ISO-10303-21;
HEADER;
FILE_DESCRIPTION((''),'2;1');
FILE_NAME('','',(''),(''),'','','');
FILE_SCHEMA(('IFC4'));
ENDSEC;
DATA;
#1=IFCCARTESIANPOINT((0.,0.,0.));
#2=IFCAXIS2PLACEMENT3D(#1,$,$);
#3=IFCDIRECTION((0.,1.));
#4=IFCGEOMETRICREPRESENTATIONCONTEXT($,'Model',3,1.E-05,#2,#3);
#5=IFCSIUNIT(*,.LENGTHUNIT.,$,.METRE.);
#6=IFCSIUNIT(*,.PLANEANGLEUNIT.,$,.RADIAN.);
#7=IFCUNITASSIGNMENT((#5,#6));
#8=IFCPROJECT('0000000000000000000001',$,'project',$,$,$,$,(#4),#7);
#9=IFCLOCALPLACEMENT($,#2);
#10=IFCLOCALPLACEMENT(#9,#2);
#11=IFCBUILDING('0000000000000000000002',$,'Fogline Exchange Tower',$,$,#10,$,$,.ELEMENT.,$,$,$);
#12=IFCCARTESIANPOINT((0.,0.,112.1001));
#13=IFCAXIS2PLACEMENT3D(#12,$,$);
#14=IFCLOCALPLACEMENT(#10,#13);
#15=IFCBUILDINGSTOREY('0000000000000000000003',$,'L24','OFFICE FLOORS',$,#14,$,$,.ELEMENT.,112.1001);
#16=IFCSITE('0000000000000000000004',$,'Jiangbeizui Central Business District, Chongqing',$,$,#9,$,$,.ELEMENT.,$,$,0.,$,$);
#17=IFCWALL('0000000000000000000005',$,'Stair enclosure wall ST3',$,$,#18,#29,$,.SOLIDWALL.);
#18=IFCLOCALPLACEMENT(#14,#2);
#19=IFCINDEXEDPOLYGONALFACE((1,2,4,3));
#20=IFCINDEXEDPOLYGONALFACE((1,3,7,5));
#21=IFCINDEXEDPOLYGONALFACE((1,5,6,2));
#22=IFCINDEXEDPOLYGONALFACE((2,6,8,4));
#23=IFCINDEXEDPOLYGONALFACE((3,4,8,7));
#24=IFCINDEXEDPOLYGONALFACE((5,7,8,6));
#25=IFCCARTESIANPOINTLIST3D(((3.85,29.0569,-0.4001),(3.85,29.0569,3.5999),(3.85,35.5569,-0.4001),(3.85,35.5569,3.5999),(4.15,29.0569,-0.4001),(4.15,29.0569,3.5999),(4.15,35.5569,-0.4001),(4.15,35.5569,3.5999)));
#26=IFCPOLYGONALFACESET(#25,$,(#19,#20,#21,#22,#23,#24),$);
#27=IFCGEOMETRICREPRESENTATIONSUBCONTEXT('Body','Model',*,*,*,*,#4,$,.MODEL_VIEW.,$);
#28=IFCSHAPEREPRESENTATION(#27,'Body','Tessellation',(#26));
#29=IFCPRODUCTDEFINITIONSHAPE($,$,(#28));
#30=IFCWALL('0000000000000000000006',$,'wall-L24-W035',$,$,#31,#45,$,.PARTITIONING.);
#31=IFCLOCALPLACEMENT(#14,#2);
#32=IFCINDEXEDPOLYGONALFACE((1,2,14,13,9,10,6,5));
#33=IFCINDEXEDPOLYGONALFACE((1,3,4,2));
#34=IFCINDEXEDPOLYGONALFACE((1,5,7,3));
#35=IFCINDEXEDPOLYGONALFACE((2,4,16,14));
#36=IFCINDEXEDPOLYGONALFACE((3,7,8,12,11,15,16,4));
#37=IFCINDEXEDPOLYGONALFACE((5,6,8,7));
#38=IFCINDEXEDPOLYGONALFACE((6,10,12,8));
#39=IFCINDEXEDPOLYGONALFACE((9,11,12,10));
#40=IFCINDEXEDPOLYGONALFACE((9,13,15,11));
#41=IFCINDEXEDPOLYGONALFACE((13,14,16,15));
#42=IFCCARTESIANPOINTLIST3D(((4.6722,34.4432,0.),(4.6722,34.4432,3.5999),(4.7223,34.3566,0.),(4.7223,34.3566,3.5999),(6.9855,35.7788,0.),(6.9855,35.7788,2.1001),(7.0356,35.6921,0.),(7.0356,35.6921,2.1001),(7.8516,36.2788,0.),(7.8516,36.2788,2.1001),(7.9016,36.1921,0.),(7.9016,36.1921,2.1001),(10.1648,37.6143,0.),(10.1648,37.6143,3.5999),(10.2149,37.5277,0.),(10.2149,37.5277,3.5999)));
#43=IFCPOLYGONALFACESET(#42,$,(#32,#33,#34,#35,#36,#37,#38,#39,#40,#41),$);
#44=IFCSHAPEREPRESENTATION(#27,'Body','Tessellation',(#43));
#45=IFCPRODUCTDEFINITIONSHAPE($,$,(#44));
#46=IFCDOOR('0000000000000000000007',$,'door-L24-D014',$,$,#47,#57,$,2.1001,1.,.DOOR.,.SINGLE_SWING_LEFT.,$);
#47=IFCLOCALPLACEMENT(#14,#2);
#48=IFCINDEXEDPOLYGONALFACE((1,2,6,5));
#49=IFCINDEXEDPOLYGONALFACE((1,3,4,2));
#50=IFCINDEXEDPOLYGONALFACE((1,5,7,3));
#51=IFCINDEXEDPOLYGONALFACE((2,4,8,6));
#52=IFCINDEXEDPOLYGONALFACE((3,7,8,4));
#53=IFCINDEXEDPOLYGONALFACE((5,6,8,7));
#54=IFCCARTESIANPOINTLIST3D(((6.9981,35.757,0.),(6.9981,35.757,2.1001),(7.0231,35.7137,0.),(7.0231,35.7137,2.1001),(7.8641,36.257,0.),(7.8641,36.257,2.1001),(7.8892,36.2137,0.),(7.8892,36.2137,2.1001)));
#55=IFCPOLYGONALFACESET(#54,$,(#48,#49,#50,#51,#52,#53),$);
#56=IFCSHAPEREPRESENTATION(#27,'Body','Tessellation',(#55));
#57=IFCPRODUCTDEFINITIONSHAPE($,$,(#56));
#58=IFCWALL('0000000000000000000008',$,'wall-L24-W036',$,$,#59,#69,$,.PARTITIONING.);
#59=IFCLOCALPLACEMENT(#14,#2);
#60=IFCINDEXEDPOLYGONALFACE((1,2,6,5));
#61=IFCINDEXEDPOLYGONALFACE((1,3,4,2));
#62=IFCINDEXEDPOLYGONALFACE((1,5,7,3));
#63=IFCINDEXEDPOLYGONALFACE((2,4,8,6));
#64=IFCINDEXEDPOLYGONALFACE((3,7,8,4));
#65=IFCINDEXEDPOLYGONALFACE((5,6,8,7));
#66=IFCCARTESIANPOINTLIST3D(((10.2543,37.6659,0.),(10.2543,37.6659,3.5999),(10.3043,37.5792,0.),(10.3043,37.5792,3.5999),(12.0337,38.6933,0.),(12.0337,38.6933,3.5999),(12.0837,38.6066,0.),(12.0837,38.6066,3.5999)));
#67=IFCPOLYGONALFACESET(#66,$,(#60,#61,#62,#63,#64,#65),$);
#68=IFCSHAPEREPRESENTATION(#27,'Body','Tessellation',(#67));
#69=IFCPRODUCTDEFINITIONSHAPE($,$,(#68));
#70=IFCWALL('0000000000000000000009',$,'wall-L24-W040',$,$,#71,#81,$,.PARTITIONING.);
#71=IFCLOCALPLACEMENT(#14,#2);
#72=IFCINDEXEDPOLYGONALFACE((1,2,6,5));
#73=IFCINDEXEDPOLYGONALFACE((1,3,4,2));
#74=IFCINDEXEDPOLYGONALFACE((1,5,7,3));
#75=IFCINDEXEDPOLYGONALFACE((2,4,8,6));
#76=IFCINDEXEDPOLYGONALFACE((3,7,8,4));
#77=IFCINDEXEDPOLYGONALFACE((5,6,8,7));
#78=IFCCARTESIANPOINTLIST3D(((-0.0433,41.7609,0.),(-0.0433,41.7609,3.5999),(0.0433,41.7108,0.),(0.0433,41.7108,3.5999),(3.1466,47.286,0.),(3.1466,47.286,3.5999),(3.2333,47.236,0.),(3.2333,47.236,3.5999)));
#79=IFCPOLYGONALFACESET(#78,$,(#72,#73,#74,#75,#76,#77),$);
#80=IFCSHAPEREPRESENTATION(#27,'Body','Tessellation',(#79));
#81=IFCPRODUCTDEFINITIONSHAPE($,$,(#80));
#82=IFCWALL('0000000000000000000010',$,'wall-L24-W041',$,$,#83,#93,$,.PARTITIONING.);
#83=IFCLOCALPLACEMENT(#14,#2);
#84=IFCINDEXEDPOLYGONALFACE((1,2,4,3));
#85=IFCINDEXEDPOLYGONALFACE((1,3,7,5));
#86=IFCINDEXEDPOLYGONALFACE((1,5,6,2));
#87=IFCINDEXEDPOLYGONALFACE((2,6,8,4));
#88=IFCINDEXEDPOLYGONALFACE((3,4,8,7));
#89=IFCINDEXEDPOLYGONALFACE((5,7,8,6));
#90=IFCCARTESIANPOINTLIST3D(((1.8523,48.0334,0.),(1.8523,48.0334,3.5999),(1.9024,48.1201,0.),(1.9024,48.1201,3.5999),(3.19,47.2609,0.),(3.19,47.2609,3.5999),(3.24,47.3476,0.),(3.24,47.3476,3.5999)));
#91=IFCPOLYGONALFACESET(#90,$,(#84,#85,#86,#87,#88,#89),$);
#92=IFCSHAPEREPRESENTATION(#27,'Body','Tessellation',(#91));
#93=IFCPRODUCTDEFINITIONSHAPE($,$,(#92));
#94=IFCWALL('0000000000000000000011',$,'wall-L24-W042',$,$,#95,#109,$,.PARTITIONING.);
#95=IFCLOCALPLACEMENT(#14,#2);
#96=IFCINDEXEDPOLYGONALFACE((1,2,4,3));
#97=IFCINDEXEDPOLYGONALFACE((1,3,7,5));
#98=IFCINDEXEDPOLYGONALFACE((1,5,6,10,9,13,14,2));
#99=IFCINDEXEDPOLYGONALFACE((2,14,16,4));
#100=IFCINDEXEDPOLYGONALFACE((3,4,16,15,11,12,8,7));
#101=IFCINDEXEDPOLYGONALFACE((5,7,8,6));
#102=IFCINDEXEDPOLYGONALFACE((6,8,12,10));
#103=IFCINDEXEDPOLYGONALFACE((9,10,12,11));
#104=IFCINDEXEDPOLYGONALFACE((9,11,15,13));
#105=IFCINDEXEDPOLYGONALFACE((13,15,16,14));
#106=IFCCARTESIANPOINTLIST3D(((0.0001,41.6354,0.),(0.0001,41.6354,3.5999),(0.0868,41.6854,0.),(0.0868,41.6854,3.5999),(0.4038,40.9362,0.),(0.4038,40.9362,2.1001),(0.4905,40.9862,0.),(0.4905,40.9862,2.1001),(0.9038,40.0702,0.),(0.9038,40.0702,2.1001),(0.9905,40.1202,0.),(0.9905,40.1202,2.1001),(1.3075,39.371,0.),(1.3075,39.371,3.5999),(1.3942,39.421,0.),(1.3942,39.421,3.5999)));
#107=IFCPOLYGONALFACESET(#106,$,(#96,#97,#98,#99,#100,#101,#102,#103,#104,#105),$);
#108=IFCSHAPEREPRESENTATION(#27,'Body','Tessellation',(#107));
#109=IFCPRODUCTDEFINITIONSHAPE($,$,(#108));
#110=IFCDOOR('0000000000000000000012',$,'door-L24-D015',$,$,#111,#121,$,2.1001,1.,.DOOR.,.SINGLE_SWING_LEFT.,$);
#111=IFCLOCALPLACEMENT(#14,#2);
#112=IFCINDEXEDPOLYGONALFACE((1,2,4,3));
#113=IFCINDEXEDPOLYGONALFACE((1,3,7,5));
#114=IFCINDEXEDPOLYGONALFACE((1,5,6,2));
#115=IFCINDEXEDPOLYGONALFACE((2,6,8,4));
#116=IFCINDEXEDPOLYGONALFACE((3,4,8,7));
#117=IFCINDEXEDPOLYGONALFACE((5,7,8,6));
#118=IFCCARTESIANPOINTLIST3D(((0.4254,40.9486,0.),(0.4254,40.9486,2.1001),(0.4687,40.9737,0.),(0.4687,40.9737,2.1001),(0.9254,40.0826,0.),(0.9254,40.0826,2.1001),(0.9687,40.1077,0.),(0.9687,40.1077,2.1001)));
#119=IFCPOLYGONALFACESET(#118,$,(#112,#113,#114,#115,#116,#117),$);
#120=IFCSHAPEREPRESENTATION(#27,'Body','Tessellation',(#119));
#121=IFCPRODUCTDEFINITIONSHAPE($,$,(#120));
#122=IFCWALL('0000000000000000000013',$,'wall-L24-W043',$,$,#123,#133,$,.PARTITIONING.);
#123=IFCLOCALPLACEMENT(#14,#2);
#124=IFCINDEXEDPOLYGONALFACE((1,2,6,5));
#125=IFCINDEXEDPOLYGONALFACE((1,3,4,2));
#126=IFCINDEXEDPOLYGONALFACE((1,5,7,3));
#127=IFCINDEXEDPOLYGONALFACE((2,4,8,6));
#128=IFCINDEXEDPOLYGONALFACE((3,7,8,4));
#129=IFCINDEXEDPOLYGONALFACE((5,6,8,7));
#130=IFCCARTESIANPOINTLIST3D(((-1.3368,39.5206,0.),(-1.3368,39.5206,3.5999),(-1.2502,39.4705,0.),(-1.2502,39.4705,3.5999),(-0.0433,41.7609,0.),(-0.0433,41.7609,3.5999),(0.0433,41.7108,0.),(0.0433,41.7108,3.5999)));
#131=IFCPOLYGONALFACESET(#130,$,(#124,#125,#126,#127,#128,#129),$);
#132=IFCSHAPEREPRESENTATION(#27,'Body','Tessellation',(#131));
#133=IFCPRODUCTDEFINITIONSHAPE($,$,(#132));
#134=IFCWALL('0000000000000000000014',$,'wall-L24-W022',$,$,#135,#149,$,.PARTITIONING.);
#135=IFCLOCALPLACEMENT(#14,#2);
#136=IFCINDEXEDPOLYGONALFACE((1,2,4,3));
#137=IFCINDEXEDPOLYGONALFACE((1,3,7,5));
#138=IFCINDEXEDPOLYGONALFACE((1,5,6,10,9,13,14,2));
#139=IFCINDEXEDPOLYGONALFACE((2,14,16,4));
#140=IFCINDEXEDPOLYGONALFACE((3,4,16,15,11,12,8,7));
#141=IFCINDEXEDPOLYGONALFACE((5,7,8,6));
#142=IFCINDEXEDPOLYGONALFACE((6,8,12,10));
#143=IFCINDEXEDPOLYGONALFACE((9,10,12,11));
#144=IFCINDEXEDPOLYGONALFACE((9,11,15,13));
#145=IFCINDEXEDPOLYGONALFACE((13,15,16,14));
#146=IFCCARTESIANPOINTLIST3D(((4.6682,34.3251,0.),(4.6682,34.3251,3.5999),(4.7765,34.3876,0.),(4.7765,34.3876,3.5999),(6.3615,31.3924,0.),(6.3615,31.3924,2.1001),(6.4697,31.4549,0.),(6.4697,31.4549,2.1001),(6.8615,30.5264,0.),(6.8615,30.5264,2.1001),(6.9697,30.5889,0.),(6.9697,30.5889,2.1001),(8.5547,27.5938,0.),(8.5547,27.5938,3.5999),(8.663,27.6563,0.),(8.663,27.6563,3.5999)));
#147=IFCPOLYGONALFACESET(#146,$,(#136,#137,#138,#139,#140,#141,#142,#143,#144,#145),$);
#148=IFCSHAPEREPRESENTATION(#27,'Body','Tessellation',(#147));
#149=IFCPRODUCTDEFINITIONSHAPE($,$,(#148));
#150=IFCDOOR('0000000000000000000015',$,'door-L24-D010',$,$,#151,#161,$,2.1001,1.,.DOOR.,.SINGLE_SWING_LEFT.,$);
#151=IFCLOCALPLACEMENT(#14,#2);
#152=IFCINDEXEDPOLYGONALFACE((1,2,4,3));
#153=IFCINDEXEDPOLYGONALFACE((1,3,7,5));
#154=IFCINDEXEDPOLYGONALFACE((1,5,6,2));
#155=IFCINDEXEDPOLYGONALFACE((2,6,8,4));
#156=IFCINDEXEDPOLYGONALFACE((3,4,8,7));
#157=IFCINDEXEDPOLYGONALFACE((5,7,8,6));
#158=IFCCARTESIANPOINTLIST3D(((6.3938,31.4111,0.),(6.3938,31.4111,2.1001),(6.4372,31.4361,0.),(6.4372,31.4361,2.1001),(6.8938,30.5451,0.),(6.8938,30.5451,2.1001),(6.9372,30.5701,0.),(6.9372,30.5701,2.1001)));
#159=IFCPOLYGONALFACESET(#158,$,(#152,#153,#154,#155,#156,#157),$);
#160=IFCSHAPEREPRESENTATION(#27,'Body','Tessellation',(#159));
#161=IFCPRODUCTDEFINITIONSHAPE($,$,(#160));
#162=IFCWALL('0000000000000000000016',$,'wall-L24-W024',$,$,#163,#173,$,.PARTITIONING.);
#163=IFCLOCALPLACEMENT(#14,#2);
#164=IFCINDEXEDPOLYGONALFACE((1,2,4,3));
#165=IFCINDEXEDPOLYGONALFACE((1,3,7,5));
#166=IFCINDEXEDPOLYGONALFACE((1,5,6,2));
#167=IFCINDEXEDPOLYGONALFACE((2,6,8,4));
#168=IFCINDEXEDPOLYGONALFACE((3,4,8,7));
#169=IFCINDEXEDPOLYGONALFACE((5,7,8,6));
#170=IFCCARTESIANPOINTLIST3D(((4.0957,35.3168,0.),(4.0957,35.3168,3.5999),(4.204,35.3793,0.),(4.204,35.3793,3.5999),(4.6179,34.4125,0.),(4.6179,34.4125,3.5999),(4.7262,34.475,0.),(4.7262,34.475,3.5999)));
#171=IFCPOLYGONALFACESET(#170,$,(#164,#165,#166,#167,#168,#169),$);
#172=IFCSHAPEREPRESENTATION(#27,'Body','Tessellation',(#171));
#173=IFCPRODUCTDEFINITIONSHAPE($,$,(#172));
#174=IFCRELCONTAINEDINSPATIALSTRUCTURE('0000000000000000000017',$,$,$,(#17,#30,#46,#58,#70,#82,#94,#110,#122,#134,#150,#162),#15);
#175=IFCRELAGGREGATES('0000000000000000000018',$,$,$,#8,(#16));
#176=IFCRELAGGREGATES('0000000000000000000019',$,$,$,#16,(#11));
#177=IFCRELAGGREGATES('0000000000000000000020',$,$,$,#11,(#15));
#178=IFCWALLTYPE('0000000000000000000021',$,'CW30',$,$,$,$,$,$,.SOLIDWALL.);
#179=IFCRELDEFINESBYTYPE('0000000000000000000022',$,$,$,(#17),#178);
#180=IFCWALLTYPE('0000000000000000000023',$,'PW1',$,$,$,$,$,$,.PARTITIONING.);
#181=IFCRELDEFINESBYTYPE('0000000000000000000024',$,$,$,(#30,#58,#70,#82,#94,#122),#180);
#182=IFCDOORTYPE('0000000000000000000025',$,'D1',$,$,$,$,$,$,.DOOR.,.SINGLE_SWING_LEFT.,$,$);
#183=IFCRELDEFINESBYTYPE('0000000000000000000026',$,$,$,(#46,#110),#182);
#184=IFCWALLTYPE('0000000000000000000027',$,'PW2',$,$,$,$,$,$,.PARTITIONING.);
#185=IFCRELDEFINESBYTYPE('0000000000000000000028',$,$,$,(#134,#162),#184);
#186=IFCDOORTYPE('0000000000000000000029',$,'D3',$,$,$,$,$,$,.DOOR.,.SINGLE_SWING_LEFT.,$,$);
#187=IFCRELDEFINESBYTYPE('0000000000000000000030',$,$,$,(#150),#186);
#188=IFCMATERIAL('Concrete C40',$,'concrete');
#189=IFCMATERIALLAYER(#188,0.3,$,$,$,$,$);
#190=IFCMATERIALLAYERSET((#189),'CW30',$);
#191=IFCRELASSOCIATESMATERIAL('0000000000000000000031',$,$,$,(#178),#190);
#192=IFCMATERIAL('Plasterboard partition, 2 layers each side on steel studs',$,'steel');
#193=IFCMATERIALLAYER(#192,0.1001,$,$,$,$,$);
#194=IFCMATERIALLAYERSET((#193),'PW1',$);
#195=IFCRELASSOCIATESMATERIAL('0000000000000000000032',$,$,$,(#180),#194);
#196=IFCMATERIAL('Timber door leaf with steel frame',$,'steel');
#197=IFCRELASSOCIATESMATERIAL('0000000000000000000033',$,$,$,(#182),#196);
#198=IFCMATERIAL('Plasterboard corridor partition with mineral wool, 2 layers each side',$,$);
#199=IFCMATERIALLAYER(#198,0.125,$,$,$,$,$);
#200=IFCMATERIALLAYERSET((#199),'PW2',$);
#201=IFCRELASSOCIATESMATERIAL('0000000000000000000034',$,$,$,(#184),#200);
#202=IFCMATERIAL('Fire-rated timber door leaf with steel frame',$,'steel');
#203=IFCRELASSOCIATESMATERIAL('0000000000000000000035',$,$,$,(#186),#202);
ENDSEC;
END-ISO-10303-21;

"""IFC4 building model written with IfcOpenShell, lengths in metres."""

from ifc_helpers import new_model, si_unit, direction, frame, frame_2d, origin, place, context, subcontext, project, spatial, rectangle, extrude, material, layer, layer_set, type_object, element, fill, save


model = new_model("IFC4")

# Units and contexts
model_context = context("Model", 3, precision=1e-05, world=origin(), true_north=direction((0.0, 1.0)))
body_context = subcontext(model_context, "Body", "Model", "MODEL_VIEW")
ifc_project = project(units=[si_unit("LENGTHUNIT", "METRE"), si_unit("PLANEANGLEUNIT", "RADIAN")], contexts=[model_context])

# Site, building, storey
site_placement = place(None, origin())
site = spatial("IfcSite", under=ifc_project, at=site_placement, Name="Jiangbeizui Central Business District, Chongqing", CompositionType="ELEMENT", RefElevation=0.0)
building_placement = place(site_placement, origin())
building = spatial("IfcBuilding", under=site, at=building_placement, Name="Fogline Exchange Tower", CompositionType="ELEMENT")
storey_placement = place(building_placement, frame((0.0, 0.0, 112.1001)))
storey = spatial("IfcBuildingStorey", under=building, at=storey_placement, Name="L24", Description="OFFICE FLOORS", CompositionType="ELEMENT", Elevation=112.1001)

# Shared definitions
ifc_material_1 = material(Name="Concrete C40", Category="concrete")

# Wall
ifc_layer_1 = layer(ifc_material_1, 0.3)
ifc_layer_set_1 = layer_set([ifc_layer_1], Name="CW30")
wall_type_1 = type_object("IfcWallType", Name="CW30", PredefinedType="SOLIDWALL", material=ifc_layer_set_1)
wall_1_placement = place(storey_placement, frame((4.0, 29.0569, -0.4001), z_axis=(0.0, 0.0, 1.0), x_axis=(0.0, 1.0, 0.0)))
element("IfcWall", 1, at=wall_1_placement, inside=storey, type_object=wall_type_1, Name="Stair enclosure wall ST3", PredefinedType="SOLIDWALL", context=body_context, shape_type="SweptSolid", body=[
    extrude(rectangle(XDim=6.5, YDim=0.3, at=frame_2d((3.25, 0.0))), origin(), (0.0, 0.0, 1.0), 4.0),
])

# Wall, opening, door
ifc_material_2 = material(Name="Plasterboard partition, 2 layers each side on steel studs", Category="steel")
ifc_layer_2 = layer(ifc_material_2, 0.1001)
ifc_layer_set_2 = layer_set([ifc_layer_2], Name="PW1")
wall_type_2 = type_object("IfcWallType", Name="PW1", PredefinedType="PARTITIONING", material=ifc_layer_set_2)
wall_2_placement = place(storey_placement, frame((4.6973, 34.3999, 0.0), z_axis=(0.0, 0.0, 1.0), x_axis=(0.866029, 0.499993, 0.0)))
wall_2 = element("IfcWall", 2, at=wall_2_placement, inside=storey, type_object=wall_type_2, Name="wall-L24-W035", PredefinedType="PARTITIONING", context=body_context, shape_type="SweptSolid", body=[
    extrude(rectangle(XDim=6.3423, YDim=0.1001, at=frame_2d((3.1711, 0.0))), origin(), (0.0, 0.0, 1.0), 3.5999),
])
opening_1_placement = place(wall_2_placement, frame((2.6711, 0.0, 0.0)))
opening_1 = element("IfcOpeningElement", 3, at=opening_1_placement, cuts=wall_2, PredefinedType="OPENING", context=body_context, shape_type="SweptSolid", body=[
    extrude(rectangle(XDim=1.0, YDim=2.1001, at=frame_2d((0.5, 1.05))), frame((0.0, 0.0601, 0.0), z_axis=(0.0, -1.0, 0.0), x_axis=(1.0, 0.0, 0.0)), (0.0, 0.0, 1.0), 0.1201),
])
ifc_material_3 = material(Name="Timber door leaf with steel frame", Category="steel")
door_type_1 = type_object("IfcDoorType", Name="D1", OperationType="SINGLE_SWING_LEFT", PredefinedType="DOOR", material=ifc_material_3)
door_1_placement = place(opening_1_placement, origin())
door_1 = element("IfcDoor", 4, at=door_1_placement, inside=storey, type_object=door_type_1, Name="door-L24-D014", OperationType="SINGLE_SWING_LEFT", OverallHeight=2.1001, OverallWidth=1.0, PredefinedType="DOOR", context=body_context, shape_type="SweptSolid", body=[
    extrude(rectangle(XDim=1.0, YDim=2.1001, at=frame_2d((0.5, 1.05))), frame((0.0, 0.0249, 0.0), z_axis=(0.0, -1.0, 0.0), x_axis=(1.0, 0.0, 0.0)), (0.0, 0.0, 1.0), 0.05),
])
fill(opening_1, door_1)

# Walls
wall_3_placement = place(storey_placement, frame((10.2793, 37.6226, 0.0), z_axis=(0.0, 0.0, 1.0), x_axis=(0.866011, 0.500024, 0.0)))
element("IfcWall", 5, at=wall_3_placement, inside=storey, type_object=wall_type_2, Name="wall-L24-W036", PredefinedType="PARTITIONING", context=body_context, shape_type="SweptSolid", body=[
    extrude(rectangle(XDim=2.0547, YDim=0.1001, at=frame_2d((1.0273, 0.0))), origin(), (0.0, 0.0, 1.0), 3.5999),
])
wall_4_placement = place(storey_placement, frame((0.0, 41.7358, 0.0), z_axis=(0.0, 0.0, 1.0), x_axis=(0.5, 0.866026, 0.0)))
element("IfcWall", 6, at=wall_4_placement, inside=storey, type_object=wall_type_2, Name="wall-L24-W040", PredefinedType="PARTITIONING", context=body_context, shape_type="SweptSolid", body=[
    extrude(rectangle(XDim=6.3799, YDim=0.1001, at=frame_2d((3.1899, 0.0))), origin(), (0.0, 0.0, 1.0), 3.5999),
])
wall_5_placement = place(storey_placement, frame((3.2151, 47.3042, 0.0), z_axis=(0.0, 0.0, 1.0), x_axis=(-0.865978, 0.500083, 0.0)))
element("IfcWall", 7, at=wall_5_placement, inside=storey, type_object=wall_type_2, Name="wall-L24-W041", PredefinedType="PARTITIONING", context=body_context, shape_type="SweptSolid", body=[
    extrude(rectangle(XDim=1.5447, YDim=0.1001, at=frame_2d((0.7725, 0.0))), origin(), (0.0, 0.0, 1.0), 3.5999),
])

# Wall, opening, door
wall_6_placement = place(storey_placement, frame((1.3508, 39.396, 0.0), z_axis=(0.0, 0.0, 1.0), x_axis=(-0.500005, 0.866022, 0.0)))
wall_6 = element("IfcWall", 8, at=wall_6_placement, inside=storey, type_object=wall_type_2, Name="wall-L24-W042", PredefinedType="PARTITIONING", context=body_context, shape_type="SweptSolid", body=[
    extrude(rectangle(XDim=2.6147, YDim=0.1001, at=frame_2d((1.3074, 0.0))), origin(), (0.0, 0.0, 1.0), 3.5999),
])
opening_2_placement = place(wall_6_placement, frame((0.8074, 0.0, 0.0)))
opening_2 = element("IfcOpeningElement", 9, at=opening_2_placement, cuts=wall_6, PredefinedType="OPENING", context=body_context, shape_type="SweptSolid", body=[
    extrude(rectangle(XDim=1.0, YDim=2.1001, at=frame_2d((0.5, 1.05))), frame((0.0, 0.0601, 0.0), z_axis=(0.0, -1.0, 0.0), x_axis=(1.0, 0.0, 0.0)), (0.0, 0.0, 1.0), 0.1201),
])
door_2_placement = place(opening_2_placement, frame((1.0, 0.0, 0.0), z_axis=(0.0, 0.0, 1.0), x_axis=(-1.0, 0.0, 0.0)))
door_2 = element("IfcDoor", 10, at=door_2_placement, inside=storey, type_object=door_type_1, Name="door-L24-D015", OperationType="SINGLE_SWING_LEFT", OverallHeight=2.1001, OverallWidth=1.0, PredefinedType="DOOR", context=body_context, shape_type="SweptSolid", body=[
    extrude(rectangle(XDim=1.0, YDim=2.1001, at=frame_2d((0.5, 1.05))), frame((0.0, 0.0249, 0.0), z_axis=(0.0, -1.0, 0.0), x_axis=(1.0, 0.0, 0.0)), (0.0, 0.0, 1.0), 0.05),
])
fill(opening_2, door_2)

# Wall
wall_7_placement = place(storey_placement, frame((0.0, 41.7358, 0.0), z_axis=(0.0, 0.0, 1.0), x_axis=(-0.500017, -0.866016, 0.0)))
element("IfcWall", 11, at=wall_7_placement, inside=storey, type_object=wall_type_2, Name="wall-L24-W043", PredefinedType="PARTITIONING", context=body_context, shape_type="SweptSolid", body=[
    extrude(rectangle(XDim=2.5869, YDim=0.1001, at=frame_2d((1.2935, 0.0))), origin(), (0.0, 0.0, 1.0), 3.5999),
])

# Wall, opening, door
ifc_material_4 = material(Name="Plasterboard corridor partition with mineral wool, 2 layers each side")
ifc_layer_3 = layer(ifc_material_4, 0.125)
ifc_layer_set_3 = layer_set([ifc_layer_3], Name="PW2")
wall_type_3 = type_object("IfcWallType", Name="PW2", PredefinedType="PARTITIONING", material=ifc_layer_set_3)
wall_8_placement = place(storey_placement, frame((4.7224, 34.3562, 0.0), z_axis=(0.0, 0.0, 1.0), x_axis=(0.500021, -0.866013, 0.0)))
wall_8 = element("IfcWall", 12, at=wall_8_placement, inside=storey, type_object=wall_type_3, Name="wall-L24-W022", PredefinedType="PARTITIONING", context=body_context, shape_type="SweptSolid", body=[
    extrude(rectangle(XDim=7.7727, YDim=0.125, at=frame_2d((3.8862, 0.0))), origin(), (0.0, 0.0, 1.0), 3.5999),
])
opening_3_placement = place(wall_8_placement, frame((3.3862, 0.0, 0.0)))
opening_3 = element("IfcOpeningElement", 13, at=opening_3_placement, cuts=wall_8, PredefinedType="OPENING", context=body_context, shape_type="SweptSolid", body=[
    extrude(rectangle(XDim=1.0, YDim=2.1001, at=frame_2d((0.5, 1.05))), frame((0.0, 0.0725, 0.0), z_axis=(0.0, -1.0, 0.0), x_axis=(1.0, 0.0, 0.0)), (0.0, 0.0, 1.0), 0.145),
])
ifc_material_5 = material(Name="Fire-rated timber door leaf with steel frame", Category="steel")
door_type_2 = type_object("IfcDoorType", Name="D3", OperationType="SINGLE_SWING_LEFT", PredefinedType="DOOR", material=ifc_material_5)
door_3_placement = place(opening_3_placement, origin())
door_3 = element("IfcDoor", 14, at=door_3_placement, inside=storey, type_object=door_type_2, Name="door-L24-D010", OperationType="SINGLE_SWING_LEFT", OverallHeight=2.1001, OverallWidth=1.0, PredefinedType="DOOR", context=body_context, shape_type="SweptSolid", body=[
    extrude(rectangle(XDim=1.0, YDim=2.1001, at=frame_2d((0.5, 1.05))), frame((0.0, 0.0249, 0.0), z_axis=(0.0, -1.0, 0.0), x_axis=(1.0, 0.0, 0.0)), (0.0, 0.0, 1.0), 0.05),
])
fill(opening_3, door_3)

# Wall
wall_9_placement = place(storey_placement, frame((4.1499, 35.3479, 0.0), z_axis=(0.0, 0.0, 1.0), x_axis=(0.500087, -0.865975, 0.0)))
element("IfcWall", 15, at=wall_9_placement, inside=storey, type_object=wall_type_3, Name="wall-L24-W024", PredefinedType="PARTITIONING", context=body_context, shape_type="SweptSolid", body=[
    extrude(rectangle(XDim=1.0442, YDim=0.125, at=frame_2d((0.522, 0.0))), origin(), (0.0, 0.0, 1.0), 3.5999),
])

save(model, "model.ifc")
